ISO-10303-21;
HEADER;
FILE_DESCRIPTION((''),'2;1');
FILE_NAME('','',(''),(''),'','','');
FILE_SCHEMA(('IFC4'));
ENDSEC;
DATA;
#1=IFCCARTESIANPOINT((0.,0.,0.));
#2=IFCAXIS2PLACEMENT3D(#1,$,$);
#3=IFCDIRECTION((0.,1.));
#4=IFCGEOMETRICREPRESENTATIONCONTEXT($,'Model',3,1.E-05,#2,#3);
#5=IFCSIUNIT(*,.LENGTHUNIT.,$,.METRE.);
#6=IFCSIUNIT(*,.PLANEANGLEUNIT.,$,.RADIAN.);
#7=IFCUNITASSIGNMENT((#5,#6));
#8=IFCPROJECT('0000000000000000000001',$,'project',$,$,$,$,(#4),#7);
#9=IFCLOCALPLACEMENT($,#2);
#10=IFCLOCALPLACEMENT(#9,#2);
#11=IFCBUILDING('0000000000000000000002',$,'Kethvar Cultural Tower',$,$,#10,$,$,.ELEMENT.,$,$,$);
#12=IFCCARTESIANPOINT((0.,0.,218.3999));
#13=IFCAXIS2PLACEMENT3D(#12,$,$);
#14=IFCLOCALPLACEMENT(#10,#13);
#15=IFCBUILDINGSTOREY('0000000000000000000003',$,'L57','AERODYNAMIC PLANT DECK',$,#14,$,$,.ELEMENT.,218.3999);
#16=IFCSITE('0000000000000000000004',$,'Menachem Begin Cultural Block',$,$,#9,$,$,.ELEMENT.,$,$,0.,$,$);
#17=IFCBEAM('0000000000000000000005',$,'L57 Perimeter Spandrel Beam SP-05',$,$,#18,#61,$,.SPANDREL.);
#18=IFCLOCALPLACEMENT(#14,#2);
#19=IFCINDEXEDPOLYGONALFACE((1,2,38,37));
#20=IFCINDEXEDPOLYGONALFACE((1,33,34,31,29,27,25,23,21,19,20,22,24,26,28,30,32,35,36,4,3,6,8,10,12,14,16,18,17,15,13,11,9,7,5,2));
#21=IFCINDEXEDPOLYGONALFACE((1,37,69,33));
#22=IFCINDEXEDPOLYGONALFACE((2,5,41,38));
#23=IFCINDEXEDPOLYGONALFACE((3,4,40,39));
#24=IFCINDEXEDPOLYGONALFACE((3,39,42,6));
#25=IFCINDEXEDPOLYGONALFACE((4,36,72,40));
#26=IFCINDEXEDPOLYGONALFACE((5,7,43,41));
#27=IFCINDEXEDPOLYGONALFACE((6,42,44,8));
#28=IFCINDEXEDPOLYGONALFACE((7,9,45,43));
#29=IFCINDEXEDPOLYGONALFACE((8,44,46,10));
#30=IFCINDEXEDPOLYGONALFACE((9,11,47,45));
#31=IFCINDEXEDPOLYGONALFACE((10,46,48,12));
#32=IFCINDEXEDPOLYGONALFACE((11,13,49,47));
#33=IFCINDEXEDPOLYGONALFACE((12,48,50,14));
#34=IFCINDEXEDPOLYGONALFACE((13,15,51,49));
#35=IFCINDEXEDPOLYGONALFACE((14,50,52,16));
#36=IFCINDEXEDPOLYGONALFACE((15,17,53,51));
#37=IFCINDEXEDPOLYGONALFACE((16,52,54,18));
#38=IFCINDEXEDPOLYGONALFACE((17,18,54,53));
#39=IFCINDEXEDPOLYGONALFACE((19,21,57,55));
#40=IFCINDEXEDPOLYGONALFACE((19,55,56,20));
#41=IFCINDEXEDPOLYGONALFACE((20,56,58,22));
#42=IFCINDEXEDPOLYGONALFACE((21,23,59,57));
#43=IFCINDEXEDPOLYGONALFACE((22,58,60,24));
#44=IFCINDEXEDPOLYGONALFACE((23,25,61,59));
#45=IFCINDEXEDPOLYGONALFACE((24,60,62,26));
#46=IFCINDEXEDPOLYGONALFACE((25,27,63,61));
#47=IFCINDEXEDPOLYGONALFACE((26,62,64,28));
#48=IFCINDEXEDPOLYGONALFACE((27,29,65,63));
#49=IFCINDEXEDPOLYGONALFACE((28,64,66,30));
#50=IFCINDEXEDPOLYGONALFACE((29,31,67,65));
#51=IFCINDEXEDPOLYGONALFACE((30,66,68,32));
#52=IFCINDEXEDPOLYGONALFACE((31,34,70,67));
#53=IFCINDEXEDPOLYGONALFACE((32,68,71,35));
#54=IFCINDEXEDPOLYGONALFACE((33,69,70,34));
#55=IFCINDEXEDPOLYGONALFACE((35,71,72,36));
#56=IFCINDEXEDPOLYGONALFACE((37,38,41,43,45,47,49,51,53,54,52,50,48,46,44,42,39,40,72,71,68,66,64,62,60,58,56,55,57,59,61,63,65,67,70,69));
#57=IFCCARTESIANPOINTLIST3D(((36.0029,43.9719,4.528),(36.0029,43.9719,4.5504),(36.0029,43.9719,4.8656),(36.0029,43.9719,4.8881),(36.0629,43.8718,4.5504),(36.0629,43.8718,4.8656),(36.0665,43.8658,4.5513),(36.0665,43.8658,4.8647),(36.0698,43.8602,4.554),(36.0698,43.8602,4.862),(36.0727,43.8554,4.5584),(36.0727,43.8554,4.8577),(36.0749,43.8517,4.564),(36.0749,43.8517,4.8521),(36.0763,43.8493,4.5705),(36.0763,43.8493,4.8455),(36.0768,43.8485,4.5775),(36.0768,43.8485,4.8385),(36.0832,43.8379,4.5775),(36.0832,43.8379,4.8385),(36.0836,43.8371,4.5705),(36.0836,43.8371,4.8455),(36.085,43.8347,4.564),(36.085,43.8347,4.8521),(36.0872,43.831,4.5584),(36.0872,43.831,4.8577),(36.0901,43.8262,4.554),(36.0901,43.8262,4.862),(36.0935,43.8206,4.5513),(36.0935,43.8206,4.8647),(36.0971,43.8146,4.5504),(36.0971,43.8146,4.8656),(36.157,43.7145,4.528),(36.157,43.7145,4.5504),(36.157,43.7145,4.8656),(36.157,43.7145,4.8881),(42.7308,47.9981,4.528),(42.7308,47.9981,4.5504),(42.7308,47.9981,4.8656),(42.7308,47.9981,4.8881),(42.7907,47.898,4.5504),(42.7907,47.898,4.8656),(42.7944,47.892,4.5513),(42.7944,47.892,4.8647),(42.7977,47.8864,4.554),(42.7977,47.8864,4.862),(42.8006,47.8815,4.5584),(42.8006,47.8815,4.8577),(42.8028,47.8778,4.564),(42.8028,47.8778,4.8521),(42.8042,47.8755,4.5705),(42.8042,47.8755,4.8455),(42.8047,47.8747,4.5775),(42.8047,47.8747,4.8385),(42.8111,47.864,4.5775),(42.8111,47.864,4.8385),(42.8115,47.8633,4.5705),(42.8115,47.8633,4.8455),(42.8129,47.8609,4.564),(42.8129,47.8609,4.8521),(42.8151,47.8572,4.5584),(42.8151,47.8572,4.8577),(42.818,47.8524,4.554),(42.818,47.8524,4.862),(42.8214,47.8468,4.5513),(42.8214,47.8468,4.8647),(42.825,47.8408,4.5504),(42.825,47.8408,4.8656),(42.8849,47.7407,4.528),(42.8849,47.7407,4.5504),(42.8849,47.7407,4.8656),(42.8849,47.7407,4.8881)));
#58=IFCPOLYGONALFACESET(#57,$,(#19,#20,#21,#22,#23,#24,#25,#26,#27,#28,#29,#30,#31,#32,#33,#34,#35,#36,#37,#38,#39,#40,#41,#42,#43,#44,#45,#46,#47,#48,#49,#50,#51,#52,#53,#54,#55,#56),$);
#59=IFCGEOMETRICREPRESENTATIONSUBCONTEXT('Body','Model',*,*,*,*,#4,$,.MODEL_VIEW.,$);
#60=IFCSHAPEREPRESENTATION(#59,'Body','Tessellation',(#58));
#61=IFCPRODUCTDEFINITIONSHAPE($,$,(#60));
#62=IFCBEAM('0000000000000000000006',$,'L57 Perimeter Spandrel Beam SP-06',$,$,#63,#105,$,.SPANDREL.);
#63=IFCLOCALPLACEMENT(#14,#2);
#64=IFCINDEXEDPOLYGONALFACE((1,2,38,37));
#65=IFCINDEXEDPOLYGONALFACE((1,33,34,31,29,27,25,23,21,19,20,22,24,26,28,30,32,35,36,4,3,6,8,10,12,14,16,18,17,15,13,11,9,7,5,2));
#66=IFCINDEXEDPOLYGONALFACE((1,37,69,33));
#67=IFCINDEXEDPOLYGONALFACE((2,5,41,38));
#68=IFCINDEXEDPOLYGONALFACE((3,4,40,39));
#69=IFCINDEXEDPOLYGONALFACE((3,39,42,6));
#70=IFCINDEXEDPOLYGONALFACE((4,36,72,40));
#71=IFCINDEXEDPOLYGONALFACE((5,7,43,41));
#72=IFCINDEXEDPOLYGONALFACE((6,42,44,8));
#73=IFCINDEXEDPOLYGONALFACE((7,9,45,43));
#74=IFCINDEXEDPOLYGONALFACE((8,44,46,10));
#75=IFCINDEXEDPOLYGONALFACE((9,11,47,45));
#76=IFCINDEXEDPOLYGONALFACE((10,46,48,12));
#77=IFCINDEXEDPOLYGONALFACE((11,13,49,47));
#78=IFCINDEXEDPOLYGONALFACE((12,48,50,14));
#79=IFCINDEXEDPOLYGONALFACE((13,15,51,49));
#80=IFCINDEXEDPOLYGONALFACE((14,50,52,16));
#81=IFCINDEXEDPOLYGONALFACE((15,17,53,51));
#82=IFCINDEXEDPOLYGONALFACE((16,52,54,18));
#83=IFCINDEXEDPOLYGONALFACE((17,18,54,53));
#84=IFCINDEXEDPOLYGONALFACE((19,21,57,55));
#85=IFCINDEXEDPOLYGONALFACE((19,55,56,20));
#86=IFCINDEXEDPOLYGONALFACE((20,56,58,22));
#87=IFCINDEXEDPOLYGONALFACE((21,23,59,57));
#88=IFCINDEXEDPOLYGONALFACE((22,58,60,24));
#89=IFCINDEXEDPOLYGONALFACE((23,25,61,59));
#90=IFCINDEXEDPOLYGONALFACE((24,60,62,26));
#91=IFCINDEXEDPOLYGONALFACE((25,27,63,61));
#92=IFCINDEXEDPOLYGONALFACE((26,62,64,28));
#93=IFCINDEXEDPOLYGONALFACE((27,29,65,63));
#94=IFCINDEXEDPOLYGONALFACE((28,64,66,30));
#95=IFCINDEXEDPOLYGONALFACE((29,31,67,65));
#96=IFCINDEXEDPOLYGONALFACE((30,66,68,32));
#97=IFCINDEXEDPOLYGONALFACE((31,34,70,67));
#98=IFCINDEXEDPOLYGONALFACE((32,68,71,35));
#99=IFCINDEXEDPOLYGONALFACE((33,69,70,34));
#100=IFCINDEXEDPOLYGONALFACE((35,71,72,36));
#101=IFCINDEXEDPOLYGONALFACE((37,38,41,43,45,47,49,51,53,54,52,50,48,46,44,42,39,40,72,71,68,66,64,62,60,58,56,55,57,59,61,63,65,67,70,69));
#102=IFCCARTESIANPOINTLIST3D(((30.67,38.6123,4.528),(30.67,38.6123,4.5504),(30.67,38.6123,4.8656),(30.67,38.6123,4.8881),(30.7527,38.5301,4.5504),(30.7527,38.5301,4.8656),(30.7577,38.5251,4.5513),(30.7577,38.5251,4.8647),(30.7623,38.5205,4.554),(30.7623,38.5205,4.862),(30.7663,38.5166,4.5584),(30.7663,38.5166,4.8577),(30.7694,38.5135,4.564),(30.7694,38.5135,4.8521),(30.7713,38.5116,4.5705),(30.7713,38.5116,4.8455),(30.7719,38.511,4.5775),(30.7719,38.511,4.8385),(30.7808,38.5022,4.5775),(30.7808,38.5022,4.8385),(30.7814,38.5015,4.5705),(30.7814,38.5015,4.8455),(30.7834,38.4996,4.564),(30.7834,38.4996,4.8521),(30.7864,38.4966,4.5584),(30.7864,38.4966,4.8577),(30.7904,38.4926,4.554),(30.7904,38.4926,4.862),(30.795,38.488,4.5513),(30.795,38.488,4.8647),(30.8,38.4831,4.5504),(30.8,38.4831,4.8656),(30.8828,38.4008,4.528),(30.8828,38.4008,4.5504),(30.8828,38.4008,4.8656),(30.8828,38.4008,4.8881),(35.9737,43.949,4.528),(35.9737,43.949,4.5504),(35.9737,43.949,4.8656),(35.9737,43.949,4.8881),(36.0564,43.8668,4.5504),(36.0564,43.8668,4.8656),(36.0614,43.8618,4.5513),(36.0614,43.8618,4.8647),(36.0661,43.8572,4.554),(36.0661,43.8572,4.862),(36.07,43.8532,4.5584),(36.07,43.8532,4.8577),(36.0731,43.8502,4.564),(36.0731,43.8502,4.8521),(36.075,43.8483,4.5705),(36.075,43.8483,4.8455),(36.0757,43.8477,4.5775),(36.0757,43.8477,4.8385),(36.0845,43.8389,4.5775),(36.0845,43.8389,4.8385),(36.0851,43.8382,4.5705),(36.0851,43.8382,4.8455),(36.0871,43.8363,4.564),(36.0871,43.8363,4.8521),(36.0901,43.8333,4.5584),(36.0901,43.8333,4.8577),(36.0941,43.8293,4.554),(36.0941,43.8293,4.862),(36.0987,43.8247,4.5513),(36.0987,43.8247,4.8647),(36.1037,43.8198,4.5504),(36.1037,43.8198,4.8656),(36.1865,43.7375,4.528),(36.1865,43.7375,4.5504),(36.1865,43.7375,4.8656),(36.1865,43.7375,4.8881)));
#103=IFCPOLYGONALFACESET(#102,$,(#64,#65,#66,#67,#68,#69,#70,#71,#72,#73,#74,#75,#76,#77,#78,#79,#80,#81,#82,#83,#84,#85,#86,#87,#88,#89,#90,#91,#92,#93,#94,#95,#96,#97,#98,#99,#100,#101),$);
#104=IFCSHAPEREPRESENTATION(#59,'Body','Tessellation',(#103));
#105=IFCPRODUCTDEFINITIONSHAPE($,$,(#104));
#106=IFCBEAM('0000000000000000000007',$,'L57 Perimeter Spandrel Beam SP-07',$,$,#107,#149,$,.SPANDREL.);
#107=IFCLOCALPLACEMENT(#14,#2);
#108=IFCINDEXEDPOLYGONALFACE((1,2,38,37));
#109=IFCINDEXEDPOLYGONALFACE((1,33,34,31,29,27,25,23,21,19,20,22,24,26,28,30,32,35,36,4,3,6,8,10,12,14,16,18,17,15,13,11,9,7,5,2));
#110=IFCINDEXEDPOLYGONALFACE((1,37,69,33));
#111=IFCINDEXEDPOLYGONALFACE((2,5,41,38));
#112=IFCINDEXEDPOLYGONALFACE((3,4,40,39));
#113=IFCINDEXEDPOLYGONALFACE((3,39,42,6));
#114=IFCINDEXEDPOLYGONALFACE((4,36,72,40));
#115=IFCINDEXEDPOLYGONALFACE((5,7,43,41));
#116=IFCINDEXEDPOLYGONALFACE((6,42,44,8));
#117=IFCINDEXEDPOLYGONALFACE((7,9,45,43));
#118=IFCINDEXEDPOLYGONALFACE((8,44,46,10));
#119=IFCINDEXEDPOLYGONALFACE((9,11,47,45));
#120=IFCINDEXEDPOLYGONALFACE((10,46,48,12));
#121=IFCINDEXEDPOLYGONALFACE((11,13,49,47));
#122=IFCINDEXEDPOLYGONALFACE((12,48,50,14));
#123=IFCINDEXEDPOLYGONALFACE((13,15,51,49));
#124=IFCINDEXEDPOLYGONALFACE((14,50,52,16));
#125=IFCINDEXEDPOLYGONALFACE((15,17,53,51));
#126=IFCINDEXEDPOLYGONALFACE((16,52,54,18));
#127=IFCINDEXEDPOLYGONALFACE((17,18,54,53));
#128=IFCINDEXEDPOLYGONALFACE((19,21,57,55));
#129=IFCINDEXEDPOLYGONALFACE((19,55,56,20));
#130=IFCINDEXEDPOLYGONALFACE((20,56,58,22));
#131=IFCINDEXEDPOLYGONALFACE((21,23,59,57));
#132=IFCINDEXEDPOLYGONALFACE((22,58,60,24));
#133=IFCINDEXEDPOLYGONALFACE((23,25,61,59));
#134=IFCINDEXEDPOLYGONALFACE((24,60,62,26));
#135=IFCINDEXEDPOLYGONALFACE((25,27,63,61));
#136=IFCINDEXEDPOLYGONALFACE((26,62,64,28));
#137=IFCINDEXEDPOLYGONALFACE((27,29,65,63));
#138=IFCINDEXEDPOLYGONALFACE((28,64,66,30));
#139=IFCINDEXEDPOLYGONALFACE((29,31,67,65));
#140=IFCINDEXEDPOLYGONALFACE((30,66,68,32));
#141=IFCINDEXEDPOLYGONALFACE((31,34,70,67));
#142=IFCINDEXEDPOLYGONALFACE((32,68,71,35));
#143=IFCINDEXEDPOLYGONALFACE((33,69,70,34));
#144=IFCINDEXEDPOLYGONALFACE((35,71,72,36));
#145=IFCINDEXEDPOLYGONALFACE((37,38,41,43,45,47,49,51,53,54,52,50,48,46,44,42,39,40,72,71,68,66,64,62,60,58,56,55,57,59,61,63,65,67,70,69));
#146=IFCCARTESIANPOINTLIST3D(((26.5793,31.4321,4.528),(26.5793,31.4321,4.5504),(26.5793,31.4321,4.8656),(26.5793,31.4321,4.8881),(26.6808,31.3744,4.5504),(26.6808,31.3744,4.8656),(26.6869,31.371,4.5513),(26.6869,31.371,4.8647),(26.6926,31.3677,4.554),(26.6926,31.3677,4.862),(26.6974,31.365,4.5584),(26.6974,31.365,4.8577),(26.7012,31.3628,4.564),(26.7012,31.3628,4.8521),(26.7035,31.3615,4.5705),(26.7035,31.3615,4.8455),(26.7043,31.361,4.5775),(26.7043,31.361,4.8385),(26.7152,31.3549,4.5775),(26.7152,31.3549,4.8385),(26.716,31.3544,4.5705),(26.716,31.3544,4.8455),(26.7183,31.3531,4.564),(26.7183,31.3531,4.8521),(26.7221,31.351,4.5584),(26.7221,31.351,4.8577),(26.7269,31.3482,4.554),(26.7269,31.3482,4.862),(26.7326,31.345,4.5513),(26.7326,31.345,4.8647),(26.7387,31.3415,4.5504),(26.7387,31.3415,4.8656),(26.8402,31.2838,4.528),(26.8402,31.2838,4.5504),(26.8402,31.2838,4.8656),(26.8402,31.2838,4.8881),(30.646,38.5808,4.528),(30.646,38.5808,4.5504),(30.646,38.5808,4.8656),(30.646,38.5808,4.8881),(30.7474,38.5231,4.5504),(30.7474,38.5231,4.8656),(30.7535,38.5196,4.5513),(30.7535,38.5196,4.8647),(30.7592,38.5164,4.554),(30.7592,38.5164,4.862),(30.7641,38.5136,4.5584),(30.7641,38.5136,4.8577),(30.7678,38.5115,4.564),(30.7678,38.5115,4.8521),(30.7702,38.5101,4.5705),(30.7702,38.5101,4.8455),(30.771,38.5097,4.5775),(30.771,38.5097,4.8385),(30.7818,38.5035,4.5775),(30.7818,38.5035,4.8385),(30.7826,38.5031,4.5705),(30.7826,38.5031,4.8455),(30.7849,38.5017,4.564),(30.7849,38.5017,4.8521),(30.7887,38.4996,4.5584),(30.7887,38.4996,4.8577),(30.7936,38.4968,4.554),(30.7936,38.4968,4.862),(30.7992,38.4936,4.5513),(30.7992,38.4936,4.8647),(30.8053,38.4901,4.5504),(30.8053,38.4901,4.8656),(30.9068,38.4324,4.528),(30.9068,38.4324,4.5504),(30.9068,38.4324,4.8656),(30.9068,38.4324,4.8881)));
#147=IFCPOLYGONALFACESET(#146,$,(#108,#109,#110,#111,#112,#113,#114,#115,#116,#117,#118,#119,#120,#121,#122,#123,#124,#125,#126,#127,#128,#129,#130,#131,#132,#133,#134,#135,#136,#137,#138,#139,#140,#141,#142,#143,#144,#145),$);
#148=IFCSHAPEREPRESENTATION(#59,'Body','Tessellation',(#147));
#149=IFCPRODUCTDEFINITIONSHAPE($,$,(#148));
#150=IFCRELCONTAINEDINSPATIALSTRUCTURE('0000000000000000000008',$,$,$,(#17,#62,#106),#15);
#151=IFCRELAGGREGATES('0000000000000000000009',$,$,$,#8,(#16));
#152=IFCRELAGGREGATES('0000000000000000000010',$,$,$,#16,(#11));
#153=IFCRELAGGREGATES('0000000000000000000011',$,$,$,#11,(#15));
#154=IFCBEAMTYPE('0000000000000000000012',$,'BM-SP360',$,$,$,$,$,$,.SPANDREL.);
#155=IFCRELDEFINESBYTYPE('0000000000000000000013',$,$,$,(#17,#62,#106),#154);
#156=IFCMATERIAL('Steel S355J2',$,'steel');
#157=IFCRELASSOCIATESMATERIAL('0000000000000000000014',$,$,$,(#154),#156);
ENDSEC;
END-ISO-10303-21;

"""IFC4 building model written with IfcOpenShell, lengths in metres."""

from ifc_helpers import new_model, si_unit, direction, frame, origin, origin_2d, place, context, subcontext, project, spatial, i_section, extrude, source, transform, mapped, material, material_profile, profile_set, type_object, element, save


model = new_model("IFC4")

# Units and contexts
model_context = context("Model", 3, precision=1e-05, world=origin(), true_north=direction((0.0, 1.0)))
body_context = subcontext(model_context, "Body", "Model", "MODEL_VIEW")
ifc_project = project(units=[si_unit("LENGTHUNIT", "METRE"), si_unit("PLANEANGLEUNIT", "RADIAN")], contexts=[model_context])

# Site, building, storey
site_placement = place(None, origin())
site = spatial("IfcSite", under=ifc_project, at=site_placement, Name="Menachem Begin Cultural Block", CompositionType="ELEMENT", RefElevation=0.0)
building_placement = place(site_placement, origin())
building = spatial("IfcBuilding", under=site, at=building_placement, Name="Kethvar Cultural Tower", CompositionType="ELEMENT")
storey_placement = place(building_placement, frame((0.0, 0.0, 218.3999)))
storey = spatial("IfcBuildingStorey", under=building, at=storey_placement, Name="L57", Description="AERODYNAMIC PLANT DECK", CompositionType="ELEMENT", Elevation=218.3999)

# Beams
ifc_material_1 = material(Name="Steel S355J2", Category="steel")
ifc_material_profile_1 = material_profile(ifc_material_1, i_section(OverallWidth=0.3, OverallDepth=0.3601, WebThickness=0.0125, FlangeThickness=0.0225, FilletRadius=0.0271, at=origin_2d()), Name="Steel S355J2 — HEB360")
ifc_profile_set_1 = profile_set([ifc_material_profile_1], Name="Steel S355J2 — HEB360")
beam_type_1 = type_object("IfcBeamType", Name="BM-SP360", PredefinedType="SPANDREL", material=ifc_profile_set_1)
shared_shape_1 = source(origin(), body_context, "Body", "SweptSolid", [
    extrude(i_section(OverallWidth=0.3, OverallDepth=0.3601, WebThickness=0.0125, FlangeThickness=0.0225, FilletRadius=0.0271, at=origin_2d()), origin(), (0.0, 0.0, 1.0), 7.8406),
])
beam_1_placement = place(storey_placement, frame((42.8079, 47.8694, 4.708), z_axis=(-0.858086, -0.513506, 0.0), x_axis=(0.513506, -0.858086, 0.0)))
element("IfcBeam", 1, at=beam_1_placement, inside=storey, type_object=beam_type_1, Name="L57 Perimeter Spandrel Beam SP-05", PredefinedType="SPANDREL", context=body_context, shape_type="MappedRepresentation", body=[
    mapped(shared_shape_1, transform((0.0, 0.0, 0.0), scale=1.0)),
])
shared_shape_2 = source(origin(), body_context, "Body", "SweptSolid", [
    extrude(i_section(OverallWidth=0.3, OverallDepth=0.3601, WebThickness=0.0125, FlangeThickness=0.0225, FilletRadius=0.0271, at=origin_2d()), origin(), (0.0, 0.0, 1.0), 7.5239),
])
beam_2_placement = place(storey_placement, frame((36.0801, 43.8433, 4.708), z_axis=(-0.704913, -0.709294, 0.0), x_axis=(0.709294, -0.704913, 0.0)))
element("IfcBeam", 2, at=beam_2_placement, inside=storey, type_object=beam_type_1, Name="L57 Perimeter Spandrel Beam SP-06", PredefinedType="SPANDREL", context=body_context, shape_type="MappedRepresentation", body=[
    mapped(shared_shape_2, transform((0.0, 0.0, 0.0), scale=1.0)),
])
shared_shape_3 = source(origin(), body_context, "Body", "SweptSolid", [
    extrude(i_section(OverallWidth=0.3, OverallDepth=0.3601, WebThickness=0.0125, FlangeThickness=0.0225, FilletRadius=0.0271, at=origin_2d()), origin(), (0.0, 0.0, 1.0), 8.2244),
])
beam_3_placement = place(storey_placement, frame((30.7764, 38.5066, 4.708), z_axis=(-0.49446, -0.869201, 0.0), x_axis=(0.869201, -0.49446, 0.0)))
element("IfcBeam", 3, at=beam_3_placement, inside=storey, type_object=beam_type_1, Name="L57 Perimeter Spandrel Beam SP-07", PredefinedType="SPANDREL", context=body_context, shape_type="MappedRepresentation", body=[
    mapped(shared_shape_3, transform((0.0, 0.0, 0.0), scale=1.0)),
])

save(model, "model.ifc")
